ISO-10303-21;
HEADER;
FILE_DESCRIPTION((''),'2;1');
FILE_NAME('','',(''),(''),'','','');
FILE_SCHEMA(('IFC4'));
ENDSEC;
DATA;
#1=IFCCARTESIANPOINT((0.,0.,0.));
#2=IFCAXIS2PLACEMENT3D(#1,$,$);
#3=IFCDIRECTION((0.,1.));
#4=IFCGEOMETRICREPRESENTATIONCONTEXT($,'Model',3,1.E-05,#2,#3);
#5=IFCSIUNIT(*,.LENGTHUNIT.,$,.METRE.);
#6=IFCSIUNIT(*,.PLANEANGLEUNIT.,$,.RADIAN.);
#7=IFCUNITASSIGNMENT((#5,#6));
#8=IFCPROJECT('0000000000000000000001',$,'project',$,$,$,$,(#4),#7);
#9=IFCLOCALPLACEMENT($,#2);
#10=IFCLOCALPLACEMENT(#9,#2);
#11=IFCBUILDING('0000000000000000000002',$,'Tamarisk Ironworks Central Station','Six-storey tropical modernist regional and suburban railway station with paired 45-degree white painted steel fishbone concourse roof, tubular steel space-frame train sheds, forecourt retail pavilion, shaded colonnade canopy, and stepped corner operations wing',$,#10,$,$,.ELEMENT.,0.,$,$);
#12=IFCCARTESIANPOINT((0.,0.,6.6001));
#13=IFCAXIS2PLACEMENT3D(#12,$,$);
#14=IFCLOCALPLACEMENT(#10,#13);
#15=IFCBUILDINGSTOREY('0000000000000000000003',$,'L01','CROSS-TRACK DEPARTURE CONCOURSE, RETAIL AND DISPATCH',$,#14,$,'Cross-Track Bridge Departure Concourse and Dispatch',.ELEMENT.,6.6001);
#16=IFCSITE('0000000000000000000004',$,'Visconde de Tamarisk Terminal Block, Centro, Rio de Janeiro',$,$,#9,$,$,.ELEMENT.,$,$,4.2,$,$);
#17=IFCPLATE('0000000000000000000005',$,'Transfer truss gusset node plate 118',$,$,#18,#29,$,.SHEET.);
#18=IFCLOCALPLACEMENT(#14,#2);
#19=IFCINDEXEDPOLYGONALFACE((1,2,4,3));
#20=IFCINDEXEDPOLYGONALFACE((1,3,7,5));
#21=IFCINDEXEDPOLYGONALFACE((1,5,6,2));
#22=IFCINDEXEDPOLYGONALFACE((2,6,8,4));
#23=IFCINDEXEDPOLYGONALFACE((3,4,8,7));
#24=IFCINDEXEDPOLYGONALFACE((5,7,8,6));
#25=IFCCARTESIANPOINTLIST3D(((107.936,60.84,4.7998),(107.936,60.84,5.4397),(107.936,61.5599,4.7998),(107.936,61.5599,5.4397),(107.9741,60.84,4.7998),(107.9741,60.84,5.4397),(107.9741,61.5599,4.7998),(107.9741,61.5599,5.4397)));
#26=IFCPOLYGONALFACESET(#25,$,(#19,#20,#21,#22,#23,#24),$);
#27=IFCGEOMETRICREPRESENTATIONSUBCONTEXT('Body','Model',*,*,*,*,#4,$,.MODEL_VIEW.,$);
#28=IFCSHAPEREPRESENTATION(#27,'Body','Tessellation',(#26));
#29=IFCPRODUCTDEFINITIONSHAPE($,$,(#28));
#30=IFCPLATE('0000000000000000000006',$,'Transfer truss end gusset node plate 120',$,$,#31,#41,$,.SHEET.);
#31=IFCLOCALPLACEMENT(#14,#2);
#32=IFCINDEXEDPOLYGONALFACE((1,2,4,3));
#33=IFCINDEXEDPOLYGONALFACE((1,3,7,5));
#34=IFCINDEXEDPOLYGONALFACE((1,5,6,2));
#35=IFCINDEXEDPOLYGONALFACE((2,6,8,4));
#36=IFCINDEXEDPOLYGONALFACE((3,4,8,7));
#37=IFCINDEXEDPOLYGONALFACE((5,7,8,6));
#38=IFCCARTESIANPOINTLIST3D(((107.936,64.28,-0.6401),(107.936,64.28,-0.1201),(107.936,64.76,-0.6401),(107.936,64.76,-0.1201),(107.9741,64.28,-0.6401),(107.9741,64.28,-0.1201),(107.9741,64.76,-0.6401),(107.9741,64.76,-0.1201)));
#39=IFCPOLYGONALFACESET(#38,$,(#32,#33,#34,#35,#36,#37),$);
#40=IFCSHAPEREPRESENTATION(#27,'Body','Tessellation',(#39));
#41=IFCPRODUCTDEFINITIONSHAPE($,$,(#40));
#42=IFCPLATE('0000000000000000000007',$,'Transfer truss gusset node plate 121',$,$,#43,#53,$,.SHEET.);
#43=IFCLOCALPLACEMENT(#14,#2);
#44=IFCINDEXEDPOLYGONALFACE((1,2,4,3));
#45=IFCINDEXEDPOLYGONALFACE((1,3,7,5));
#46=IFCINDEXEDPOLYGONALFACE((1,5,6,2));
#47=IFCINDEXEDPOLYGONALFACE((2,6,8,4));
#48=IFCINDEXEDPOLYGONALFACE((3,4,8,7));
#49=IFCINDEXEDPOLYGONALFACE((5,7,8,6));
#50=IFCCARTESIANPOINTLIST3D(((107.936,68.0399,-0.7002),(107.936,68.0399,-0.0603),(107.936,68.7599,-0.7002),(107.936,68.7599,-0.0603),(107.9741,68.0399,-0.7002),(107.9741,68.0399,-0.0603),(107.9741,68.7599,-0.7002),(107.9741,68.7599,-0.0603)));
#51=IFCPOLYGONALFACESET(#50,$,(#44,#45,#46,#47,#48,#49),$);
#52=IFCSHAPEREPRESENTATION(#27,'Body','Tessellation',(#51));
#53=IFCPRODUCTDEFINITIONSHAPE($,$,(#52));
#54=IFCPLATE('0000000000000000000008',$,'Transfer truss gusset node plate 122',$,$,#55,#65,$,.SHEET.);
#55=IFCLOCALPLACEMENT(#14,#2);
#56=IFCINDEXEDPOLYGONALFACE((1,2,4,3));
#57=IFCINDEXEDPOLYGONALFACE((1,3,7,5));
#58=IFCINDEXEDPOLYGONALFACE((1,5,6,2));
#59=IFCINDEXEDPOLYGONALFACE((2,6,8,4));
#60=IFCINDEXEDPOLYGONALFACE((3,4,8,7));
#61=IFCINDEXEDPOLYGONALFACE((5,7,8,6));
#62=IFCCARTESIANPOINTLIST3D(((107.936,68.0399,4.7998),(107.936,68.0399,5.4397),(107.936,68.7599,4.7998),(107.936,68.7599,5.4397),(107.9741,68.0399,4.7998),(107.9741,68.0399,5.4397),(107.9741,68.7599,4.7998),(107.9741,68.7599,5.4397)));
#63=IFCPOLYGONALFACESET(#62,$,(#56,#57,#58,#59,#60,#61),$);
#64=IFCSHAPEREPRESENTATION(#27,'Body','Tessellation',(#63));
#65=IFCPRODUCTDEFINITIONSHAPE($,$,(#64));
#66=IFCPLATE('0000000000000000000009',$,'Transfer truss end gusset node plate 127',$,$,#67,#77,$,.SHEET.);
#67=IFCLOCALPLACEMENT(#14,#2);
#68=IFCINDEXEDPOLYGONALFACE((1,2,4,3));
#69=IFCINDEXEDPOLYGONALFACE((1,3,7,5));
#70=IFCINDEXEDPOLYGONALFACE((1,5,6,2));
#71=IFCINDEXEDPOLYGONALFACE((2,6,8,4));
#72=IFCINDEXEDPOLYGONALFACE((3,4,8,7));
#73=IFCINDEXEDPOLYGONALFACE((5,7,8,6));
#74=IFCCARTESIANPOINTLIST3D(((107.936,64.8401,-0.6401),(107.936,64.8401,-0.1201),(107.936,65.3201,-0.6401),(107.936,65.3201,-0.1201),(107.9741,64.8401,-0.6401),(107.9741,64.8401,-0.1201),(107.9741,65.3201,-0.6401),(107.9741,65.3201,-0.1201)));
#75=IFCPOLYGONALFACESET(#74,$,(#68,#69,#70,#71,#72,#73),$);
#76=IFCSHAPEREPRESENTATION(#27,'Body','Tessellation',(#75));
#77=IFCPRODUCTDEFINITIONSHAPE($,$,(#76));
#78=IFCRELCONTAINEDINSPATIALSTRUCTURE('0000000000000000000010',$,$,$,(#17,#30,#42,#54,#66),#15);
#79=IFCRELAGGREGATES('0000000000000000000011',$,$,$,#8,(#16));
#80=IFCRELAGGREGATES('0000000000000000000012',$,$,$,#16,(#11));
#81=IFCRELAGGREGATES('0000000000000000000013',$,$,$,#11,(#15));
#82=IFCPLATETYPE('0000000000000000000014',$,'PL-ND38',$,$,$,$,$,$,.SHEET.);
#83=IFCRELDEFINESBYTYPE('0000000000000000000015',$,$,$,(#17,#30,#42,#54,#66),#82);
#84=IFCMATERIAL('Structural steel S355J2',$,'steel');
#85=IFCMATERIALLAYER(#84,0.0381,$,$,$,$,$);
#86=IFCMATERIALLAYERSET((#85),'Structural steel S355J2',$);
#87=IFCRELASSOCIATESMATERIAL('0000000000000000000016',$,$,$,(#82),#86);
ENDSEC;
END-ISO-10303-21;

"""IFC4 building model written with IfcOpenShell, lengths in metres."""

from ifc_helpers import new_model, si_unit, direction, frame, origin, origin_2d, place, context, subcontext, project, spatial, rectangle, extrude, material, layer, layer_set, type_object, element, save


model = new_model("IFC4")

# Units and contexts
model_context = context("Model", 3, precision=1e-05, world=origin(), true_north=direction((0.0, 1.0)))
body_context = subcontext(model_context, "Body", "Model", "MODEL_VIEW")
ifc_project = project(units=[si_unit("LENGTHUNIT", "METRE"), si_unit("PLANEANGLEUNIT", "RADIAN")], contexts=[model_context])

# Site, building, storey
site_placement = place(None, origin())
site = spatial("IfcSite", under=ifc_project, at=site_placement, Name="Visconde de Tamarisk Terminal Block, Centro, Rio de Janeiro", CompositionType="ELEMENT", RefElevation=4.2)
building_placement = place(site_placement, origin())
building = spatial("IfcBuilding", under=site, at=building_placement, Name="Tamarisk Ironworks Central Station", Description="Six-storey tropical modernist regional and suburban railway station with paired 45-degree white painted steel fishbone concourse roof, tubular steel space-frame train sheds, forecourt retail pavilion, shaded colonnade canopy, and stepped corner operations wing", CompositionType="ELEMENT", ElevationOfRefHeight=0.0)
storey_placement = place(building_placement, frame((0.0, 0.0, 6.6001)))
storey = spatial("IfcBuildingStorey", under=building, at=storey_placement, Name="L01", Description="CROSS-TRACK DEPARTURE CONCOURSE, RETAIL AND DISPATCH", LongName="Cross-Track Bridge Departure Concourse and Dispatch", CompositionType="ELEMENT", Elevation=6.6001)

# Shared definitions
ifc_material_1 = material(Name="Structural steel S355J2", Category="steel")

# Plates
ifc_layer_1 = layer(ifc_material_1, 0.0381)
ifc_layer_set_1 = layer_set([ifc_layer_1], Name="Structural steel S355J2")
plate_type_1 = type_object("IfcPlateType", Name="PL-ND38", PredefinedType="SHEET", material=ifc_layer_set_1)
plate_1_placement = place(storey_placement, frame((107.9551, 61.2, 4.7998), z_axis=(0.0, 0.0, 1.0), x_axis=(1.0, 0.0, 0.0)))
element("IfcPlate", 1, at=plate_1_placement, inside=storey, type_object=plate_type_1, Name="Transfer truss gusset node plate 118", PredefinedType="SHEET", context=body_context, shape_type="SweptSolid", body=[
    extrude(rectangle(XDim=0.0381, YDim=0.72, at=origin_2d()), origin(), (0.0, 0.0, 1.0), 0.6399),
])
plate_2_placement = place(storey_placement, frame((107.9551, 64.52, -0.6401), z_axis=(0.0, 0.0, 1.0), x_axis=(1.0, 0.0, 0.0)))
element("IfcPlate", 2, at=plate_2_placement, inside=storey, type_object=plate_type_1, Name="Transfer truss end gusset node plate 120", PredefinedType="SHEET", context=body_context, shape_type="SweptSolid", body=[
    extrude(rectangle(XDim=0.0381, YDim=0.48, at=origin_2d()), origin(), (0.0, 0.0, 1.0), 0.52),
])
for number, where, z_axis, x_axis, name in (
    (3, (107.9551, 68.3999, -0.7002), (0.0, 0.0, 1.0), (1.0, 0.0, 0.0), "Transfer truss gusset node plate 121"),
    (4, (107.9551, 68.3999, 4.7998), (0.0, 0.0, 1.0), (1.0, 0.0, 0.0), "Transfer truss gusset node plate 122"),
):
    element("IfcPlate", number, at=place(storey_placement, frame(where, z_axis=z_axis, x_axis=x_axis)), inside=storey, type_object=plate_type_1, Name=name, PredefinedType="SHEET", context=body_context, shape_type="SweptSolid", body=[
        extrude(rectangle(XDim=0.0381, YDim=0.72, at=origin_2d()), origin(), (0.0, 0.0, 1.0), 0.6399),
    ])
plate_3_placement = place(storey_placement, frame((107.9551, 65.0801, -0.6401), z_axis=(0.0, 0.0, 1.0), x_axis=(1.0, 0.0, 0.0)))
element("IfcPlate", 5, at=plate_3_placement, inside=storey, type_object=plate_type_1, Name="Transfer truss end gusset node plate 127", PredefinedType="SHEET", context=body_context, shape_type="SweptSolid", body=[
    extrude(rectangle(XDim=0.0381, YDim=0.48, at=origin_2d()), origin(), (0.0, 0.0, 1.0), 0.52),
])

save(model, "model.ifc")
